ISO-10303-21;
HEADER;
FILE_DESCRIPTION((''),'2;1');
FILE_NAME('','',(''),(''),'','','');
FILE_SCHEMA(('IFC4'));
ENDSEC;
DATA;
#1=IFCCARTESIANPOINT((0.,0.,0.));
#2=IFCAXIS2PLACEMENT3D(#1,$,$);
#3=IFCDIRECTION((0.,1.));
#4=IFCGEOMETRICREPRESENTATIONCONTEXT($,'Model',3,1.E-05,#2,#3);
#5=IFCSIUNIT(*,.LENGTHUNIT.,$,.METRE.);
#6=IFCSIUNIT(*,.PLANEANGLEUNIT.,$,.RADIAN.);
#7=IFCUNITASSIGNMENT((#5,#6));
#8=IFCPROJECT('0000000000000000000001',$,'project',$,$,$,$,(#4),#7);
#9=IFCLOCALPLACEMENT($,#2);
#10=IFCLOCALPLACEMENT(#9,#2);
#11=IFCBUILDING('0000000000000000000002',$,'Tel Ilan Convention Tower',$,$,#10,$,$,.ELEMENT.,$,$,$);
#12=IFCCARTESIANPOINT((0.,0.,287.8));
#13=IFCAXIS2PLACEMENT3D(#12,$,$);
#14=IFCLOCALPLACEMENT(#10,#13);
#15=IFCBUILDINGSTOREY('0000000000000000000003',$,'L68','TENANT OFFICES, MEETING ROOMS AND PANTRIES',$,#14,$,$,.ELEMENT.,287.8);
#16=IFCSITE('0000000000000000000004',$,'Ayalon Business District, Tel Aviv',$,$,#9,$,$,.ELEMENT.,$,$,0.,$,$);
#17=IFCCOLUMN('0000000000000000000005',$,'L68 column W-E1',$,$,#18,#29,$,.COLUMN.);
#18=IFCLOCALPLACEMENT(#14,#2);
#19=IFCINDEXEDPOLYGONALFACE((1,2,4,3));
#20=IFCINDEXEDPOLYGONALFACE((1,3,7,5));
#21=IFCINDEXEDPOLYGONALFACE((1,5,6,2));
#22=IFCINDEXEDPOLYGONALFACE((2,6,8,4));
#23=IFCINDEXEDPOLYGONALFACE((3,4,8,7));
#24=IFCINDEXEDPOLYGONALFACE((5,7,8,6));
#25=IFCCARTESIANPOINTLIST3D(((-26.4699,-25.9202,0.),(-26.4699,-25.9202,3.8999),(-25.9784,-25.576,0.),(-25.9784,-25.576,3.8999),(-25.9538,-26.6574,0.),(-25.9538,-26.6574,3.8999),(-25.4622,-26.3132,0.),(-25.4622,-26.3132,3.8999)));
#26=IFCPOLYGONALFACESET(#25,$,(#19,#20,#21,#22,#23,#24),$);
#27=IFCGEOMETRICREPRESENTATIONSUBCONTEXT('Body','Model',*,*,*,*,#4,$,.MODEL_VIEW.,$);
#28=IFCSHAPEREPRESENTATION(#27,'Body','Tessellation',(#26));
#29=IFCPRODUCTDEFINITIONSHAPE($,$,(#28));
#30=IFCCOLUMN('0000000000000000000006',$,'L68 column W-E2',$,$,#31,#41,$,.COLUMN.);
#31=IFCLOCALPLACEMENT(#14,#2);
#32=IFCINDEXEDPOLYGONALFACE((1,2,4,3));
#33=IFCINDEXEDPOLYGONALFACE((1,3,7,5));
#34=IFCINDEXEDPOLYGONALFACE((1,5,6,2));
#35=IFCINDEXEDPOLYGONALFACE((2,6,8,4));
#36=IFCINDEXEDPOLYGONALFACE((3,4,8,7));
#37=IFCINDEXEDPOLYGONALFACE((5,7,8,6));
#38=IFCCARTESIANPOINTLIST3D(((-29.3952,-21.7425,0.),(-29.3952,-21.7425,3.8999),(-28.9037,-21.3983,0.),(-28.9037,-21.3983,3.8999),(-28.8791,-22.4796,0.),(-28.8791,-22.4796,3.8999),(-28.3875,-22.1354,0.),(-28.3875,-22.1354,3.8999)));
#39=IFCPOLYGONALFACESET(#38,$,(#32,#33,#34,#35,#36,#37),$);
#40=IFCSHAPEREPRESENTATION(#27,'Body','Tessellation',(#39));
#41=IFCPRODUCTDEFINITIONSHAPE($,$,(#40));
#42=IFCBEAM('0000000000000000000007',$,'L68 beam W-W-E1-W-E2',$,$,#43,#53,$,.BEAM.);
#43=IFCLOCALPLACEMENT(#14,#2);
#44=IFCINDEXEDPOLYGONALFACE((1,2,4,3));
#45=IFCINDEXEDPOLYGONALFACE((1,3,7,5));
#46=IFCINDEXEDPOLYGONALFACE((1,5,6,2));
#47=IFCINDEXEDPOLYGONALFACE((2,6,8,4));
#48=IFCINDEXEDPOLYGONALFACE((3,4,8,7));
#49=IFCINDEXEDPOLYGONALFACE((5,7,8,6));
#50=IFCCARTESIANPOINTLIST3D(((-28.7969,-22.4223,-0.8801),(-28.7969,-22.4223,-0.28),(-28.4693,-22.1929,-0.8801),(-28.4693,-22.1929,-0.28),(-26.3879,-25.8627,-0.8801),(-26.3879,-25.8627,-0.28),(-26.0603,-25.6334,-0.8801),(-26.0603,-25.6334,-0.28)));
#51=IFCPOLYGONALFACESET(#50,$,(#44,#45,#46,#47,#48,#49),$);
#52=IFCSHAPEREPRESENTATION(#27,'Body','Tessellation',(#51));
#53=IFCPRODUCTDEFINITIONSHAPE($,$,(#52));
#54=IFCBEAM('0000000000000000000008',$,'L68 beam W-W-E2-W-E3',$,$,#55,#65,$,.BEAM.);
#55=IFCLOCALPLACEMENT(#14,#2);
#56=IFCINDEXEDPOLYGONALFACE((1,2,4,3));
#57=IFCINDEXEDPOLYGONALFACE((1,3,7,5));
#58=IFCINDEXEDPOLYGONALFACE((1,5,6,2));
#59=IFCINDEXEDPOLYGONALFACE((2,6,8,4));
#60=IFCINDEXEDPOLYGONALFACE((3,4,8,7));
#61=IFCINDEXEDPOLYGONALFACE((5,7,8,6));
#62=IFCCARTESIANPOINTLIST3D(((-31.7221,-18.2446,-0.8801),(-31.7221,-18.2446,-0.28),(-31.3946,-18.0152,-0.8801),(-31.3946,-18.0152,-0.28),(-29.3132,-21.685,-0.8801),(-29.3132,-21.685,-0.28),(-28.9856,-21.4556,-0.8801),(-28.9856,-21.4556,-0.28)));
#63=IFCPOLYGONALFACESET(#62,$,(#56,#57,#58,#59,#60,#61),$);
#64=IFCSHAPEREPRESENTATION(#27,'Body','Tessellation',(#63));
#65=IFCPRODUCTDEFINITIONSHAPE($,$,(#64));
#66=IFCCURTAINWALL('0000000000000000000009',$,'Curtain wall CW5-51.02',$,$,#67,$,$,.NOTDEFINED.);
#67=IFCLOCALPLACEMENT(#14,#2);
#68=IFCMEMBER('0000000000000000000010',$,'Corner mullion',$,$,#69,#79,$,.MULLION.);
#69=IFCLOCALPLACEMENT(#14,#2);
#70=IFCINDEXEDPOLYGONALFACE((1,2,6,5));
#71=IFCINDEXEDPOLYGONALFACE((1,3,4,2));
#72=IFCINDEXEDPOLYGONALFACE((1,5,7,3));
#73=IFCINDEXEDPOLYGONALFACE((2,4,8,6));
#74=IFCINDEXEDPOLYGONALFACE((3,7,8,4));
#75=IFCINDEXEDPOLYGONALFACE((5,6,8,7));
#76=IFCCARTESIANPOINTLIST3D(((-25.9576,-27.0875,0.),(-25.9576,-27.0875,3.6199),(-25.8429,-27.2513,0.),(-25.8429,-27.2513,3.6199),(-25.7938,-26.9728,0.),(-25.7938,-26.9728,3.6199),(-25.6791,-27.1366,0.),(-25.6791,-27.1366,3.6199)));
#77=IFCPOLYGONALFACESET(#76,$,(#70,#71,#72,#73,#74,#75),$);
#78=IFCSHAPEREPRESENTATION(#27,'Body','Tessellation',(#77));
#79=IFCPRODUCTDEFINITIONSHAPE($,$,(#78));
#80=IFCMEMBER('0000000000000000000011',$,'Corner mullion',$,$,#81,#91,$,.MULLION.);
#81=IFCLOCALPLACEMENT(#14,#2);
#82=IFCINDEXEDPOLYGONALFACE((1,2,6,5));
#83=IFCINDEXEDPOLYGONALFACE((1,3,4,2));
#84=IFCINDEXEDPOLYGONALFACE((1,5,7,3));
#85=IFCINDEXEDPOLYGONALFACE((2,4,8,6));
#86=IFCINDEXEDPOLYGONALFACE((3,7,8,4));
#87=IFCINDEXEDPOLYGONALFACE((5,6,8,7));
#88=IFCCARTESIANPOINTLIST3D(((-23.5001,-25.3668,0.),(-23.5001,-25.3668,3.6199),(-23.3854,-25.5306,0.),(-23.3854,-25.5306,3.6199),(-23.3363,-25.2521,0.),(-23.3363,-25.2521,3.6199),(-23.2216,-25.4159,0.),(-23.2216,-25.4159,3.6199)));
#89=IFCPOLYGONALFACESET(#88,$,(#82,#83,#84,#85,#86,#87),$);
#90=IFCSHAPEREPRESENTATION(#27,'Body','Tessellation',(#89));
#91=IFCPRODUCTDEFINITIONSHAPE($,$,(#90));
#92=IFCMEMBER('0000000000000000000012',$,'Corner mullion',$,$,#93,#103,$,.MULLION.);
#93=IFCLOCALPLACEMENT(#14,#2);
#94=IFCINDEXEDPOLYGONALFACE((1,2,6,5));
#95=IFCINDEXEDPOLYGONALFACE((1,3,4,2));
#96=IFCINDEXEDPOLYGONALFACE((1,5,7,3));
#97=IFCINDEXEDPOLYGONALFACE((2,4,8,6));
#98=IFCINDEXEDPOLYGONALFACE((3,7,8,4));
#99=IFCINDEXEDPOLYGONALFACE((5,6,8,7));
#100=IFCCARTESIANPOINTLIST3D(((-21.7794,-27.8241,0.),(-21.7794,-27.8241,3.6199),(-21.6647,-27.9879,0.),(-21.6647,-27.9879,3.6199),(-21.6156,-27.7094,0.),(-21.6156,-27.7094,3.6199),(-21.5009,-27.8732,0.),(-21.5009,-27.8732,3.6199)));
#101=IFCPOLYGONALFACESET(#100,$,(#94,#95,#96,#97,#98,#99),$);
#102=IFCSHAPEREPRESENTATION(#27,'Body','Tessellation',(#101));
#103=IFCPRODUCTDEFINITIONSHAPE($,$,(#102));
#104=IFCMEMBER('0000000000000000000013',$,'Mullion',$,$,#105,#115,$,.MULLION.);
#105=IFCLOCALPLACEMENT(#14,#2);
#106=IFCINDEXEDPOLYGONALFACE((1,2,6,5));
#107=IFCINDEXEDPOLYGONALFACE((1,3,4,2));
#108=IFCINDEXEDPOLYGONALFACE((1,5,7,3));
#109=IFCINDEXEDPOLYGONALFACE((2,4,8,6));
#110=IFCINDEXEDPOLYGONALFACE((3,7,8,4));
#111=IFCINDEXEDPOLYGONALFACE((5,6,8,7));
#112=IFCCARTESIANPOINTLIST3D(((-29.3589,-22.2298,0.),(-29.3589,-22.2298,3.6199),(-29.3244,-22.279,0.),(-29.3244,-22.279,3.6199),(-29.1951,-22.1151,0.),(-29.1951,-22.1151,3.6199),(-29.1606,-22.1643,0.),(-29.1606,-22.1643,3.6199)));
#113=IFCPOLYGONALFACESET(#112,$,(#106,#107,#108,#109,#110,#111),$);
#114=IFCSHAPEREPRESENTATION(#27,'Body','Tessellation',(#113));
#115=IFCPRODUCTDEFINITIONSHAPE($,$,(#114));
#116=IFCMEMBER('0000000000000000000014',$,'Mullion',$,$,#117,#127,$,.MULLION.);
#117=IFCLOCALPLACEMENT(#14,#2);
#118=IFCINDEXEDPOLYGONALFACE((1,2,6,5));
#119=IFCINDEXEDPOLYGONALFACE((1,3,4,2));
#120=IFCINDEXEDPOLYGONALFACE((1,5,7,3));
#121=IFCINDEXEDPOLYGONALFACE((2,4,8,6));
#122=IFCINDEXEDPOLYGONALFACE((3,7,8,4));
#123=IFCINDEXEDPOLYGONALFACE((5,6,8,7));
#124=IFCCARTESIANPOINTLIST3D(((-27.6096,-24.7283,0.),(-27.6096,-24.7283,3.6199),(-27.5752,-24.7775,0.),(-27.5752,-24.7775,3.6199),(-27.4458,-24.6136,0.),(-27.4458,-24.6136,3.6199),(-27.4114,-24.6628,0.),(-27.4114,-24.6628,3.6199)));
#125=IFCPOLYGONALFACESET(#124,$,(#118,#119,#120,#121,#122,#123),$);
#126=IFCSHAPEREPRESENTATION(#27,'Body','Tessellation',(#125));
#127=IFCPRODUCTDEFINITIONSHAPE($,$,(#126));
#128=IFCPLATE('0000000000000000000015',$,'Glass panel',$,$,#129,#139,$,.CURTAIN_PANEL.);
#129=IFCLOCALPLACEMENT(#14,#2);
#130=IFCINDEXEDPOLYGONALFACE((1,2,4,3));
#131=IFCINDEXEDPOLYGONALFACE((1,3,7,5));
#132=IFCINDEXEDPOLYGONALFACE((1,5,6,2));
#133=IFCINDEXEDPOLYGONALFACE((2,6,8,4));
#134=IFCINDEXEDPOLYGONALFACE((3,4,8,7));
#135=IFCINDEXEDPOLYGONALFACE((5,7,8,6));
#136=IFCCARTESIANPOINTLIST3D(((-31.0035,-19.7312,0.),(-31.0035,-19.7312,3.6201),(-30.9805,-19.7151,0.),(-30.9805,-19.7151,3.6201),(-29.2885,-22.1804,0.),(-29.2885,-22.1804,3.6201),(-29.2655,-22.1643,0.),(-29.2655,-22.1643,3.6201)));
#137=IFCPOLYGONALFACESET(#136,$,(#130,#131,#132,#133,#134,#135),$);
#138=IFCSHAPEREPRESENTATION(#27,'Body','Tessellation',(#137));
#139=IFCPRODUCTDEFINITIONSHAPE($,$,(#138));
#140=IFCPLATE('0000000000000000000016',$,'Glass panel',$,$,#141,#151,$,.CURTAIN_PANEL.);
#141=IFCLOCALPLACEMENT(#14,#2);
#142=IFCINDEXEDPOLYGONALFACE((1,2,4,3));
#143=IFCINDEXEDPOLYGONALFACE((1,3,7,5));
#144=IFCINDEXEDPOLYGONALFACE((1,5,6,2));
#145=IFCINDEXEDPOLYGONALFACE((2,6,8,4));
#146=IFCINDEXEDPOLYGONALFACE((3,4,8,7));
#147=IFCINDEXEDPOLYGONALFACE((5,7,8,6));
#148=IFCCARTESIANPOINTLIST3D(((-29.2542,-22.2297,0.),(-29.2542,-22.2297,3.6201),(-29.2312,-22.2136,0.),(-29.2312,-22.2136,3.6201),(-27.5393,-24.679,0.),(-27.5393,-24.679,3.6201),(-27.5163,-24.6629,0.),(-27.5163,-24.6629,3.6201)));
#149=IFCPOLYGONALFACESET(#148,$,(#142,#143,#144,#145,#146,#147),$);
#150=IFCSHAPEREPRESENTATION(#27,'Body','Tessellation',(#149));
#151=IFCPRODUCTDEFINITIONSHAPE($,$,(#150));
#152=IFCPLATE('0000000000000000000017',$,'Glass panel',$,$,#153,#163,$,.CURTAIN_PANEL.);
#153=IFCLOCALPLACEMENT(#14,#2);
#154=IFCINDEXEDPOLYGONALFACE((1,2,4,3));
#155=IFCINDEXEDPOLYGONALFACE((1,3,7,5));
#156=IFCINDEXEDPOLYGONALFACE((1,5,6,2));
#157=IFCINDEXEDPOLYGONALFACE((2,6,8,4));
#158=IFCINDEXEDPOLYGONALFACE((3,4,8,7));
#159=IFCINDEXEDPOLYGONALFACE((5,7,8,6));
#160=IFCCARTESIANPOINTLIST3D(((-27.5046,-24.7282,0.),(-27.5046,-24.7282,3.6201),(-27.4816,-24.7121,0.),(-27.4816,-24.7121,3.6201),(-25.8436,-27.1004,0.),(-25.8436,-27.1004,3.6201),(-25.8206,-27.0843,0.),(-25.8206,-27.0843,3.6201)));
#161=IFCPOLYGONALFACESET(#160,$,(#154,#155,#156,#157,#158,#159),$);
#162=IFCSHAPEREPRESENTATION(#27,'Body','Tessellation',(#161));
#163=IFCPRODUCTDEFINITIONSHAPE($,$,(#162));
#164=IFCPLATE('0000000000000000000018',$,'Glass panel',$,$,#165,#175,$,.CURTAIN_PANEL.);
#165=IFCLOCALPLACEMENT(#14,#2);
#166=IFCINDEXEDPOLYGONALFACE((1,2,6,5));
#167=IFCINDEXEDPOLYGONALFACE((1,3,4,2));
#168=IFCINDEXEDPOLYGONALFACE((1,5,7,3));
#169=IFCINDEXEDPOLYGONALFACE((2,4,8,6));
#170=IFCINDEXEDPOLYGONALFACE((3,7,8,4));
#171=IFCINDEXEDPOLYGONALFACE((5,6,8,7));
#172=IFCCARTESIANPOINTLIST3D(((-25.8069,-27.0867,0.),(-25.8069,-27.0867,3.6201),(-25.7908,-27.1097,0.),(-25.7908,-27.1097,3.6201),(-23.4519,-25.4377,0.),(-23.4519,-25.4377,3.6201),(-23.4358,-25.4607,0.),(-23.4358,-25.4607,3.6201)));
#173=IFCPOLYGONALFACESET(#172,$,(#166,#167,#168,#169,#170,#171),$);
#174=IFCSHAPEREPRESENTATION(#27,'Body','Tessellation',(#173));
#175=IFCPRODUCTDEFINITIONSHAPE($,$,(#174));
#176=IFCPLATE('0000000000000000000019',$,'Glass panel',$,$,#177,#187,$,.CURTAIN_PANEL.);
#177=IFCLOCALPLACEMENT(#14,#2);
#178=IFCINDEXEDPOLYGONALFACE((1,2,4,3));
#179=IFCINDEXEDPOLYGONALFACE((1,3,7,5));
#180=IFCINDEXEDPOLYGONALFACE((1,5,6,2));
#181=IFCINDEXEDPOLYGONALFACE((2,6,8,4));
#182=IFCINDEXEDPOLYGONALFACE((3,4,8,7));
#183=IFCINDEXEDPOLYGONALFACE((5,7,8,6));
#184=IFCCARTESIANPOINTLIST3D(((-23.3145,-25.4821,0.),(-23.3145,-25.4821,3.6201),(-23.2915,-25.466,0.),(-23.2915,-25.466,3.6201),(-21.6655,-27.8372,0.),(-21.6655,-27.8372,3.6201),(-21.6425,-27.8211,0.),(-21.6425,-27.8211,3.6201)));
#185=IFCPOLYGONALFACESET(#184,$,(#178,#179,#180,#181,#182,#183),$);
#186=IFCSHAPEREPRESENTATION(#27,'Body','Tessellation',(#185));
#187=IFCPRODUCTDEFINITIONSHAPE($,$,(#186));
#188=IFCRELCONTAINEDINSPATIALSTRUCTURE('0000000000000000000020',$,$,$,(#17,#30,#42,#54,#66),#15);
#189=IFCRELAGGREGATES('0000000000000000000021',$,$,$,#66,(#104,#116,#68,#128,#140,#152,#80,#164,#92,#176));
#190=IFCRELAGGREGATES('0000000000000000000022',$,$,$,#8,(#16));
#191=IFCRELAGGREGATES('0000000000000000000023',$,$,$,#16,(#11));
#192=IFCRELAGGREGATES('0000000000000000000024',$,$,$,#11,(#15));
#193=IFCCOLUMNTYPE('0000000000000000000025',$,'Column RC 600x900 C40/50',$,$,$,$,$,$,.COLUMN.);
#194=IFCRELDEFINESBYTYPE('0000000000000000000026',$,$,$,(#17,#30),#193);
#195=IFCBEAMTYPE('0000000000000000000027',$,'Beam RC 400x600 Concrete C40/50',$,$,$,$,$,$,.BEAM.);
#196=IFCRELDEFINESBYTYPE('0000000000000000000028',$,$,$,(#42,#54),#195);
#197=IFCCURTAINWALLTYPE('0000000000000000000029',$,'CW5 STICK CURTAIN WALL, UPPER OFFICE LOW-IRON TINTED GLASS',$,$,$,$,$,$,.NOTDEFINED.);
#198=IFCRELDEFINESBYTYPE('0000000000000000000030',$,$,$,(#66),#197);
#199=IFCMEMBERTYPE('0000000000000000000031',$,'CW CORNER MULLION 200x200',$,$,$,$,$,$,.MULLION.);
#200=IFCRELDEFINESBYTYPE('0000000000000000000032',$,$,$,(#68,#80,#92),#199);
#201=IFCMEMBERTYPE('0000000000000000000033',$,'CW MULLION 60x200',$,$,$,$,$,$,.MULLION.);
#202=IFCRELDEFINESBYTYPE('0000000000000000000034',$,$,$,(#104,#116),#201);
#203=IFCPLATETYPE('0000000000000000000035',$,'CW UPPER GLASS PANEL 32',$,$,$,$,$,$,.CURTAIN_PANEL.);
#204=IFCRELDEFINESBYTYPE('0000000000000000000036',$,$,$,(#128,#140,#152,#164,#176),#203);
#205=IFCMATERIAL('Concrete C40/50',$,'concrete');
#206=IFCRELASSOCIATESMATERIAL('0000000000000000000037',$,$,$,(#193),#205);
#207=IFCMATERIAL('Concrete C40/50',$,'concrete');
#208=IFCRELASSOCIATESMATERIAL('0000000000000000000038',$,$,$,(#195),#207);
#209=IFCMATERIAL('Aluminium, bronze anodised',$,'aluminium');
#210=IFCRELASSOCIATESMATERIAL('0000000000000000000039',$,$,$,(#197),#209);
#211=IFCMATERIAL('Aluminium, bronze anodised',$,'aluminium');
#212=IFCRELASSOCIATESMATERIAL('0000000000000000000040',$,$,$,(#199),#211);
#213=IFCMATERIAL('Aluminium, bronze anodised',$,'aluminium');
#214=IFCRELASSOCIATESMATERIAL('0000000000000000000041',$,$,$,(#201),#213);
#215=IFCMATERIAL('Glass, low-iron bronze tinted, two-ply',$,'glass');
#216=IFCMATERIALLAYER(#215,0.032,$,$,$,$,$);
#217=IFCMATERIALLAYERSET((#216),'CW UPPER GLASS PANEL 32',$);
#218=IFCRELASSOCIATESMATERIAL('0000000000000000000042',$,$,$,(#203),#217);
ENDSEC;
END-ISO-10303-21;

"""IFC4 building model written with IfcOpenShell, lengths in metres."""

from ifc_helpers import new_model, si_unit, direction, frame, origin, origin_2d, place, context, subcontext, project, spatial, rectangle, extrude, material, layer, layer_set, material_profile, profile_set, type_object, element, aggregate, save


model = new_model("IFC4")

# Units and contexts
model_context = context("Model", 3, precision=1e-05, world=origin(), true_north=direction((0.0, 1.0)))
body_context = subcontext(model_context, "Body", "Model", "MODEL_VIEW")
ifc_project = project(units=[si_unit("LENGTHUNIT", "METRE"), si_unit("PLANEANGLEUNIT", "RADIAN")], contexts=[model_context])

# Site, building, storey
site_placement = place(None, origin())
site = spatial("IfcSite", under=ifc_project, at=site_placement, Name="Ayalon Business District, Tel Aviv", CompositionType="ELEMENT", RefElevation=0.0)
building_placement = place(site_placement, origin())
building = spatial("IfcBuilding", under=site, at=building_placement, Name="Tel Ilan Convention Tower", CompositionType="ELEMENT")
storey_placement = place(building_placement, frame((0.0, 0.0, 287.8)))
storey = spatial("IfcBuildingStorey", under=building, at=storey_placement, Name="L68", Description="TENANT OFFICES, MEETING ROOMS AND PANTRIES", CompositionType="ELEMENT", Elevation=287.8)

# Columns
ifc_material_1 = material(Name="Concrete C40/50", Category="concrete")
ifc_material_profile_1 = material_profile(ifc_material_1, rectangle(XDim=0.8999, YDim=0.6001, at=origin_2d()), Name="RC 600x900")
ifc_profile_set_1 = profile_set([ifc_material_profile_1], Name="Concrete C40/50")
column_type = type_object("IfcColumnType", Name="Column RC 600x900 C40/50", PredefinedType="COLUMN", material=ifc_profile_set_1)
for number, where, z_axis, x_axis, name in (
    (1, (-25.9661, -26.1167, 0.0), (0.0, 0.0, 1.0), (-0.573576, 0.819152, 0.0), "L68 column W-E1"),
    (2, (-28.8914, -21.939, 0.0), (0.0, 0.0, 1.0), (-0.573576, 0.819152, 0.0), "L68 column W-E2"),
):
    element("IfcColumn", number, at=place(storey_placement, frame(where, z_axis=z_axis, x_axis=x_axis)), inside=storey, type_object=column_type, Name=name, PredefinedType="COLUMN", context=body_context, shape_type="SweptSolid", body=[
        extrude(rectangle(XDim=0.8999, YDim=0.6001, at=origin_2d()), origin(), (0.0, 0.0, 1.0), 3.8999),
    ])

# Beams
ifc_material_2 = material(Name="Concrete C40/50", Category="concrete")
ifc_material_profile_2 = material_profile(ifc_material_2, rectangle(XDim=0.3999, YDim=0.6001, at=origin_2d()), Name="RC 400x600")
ifc_profile_set_2 = profile_set([ifc_material_profile_2], Name="Concrete C40/50")
beam_type = type_object("IfcBeamType", Name="Beam RC 400x600 Concrete C40/50", PredefinedType="BEAM", material=ifc_profile_set_2)
for number, where, z_axis, x_axis, name in (
    (3, (-26.2241, -25.748, -0.5801), (-0.573564, 0.819161, 0.0), (-0.819161, -0.573564, 0.0), "L68 beam W-W-E1-W-E2"),
    (4, (-29.1494, -21.5703, -0.5801), (-0.573564, 0.819161, 0.0), (-0.819161, -0.573564, 0.0), "L68 beam W-W-E2-W-E3"),
):
    element("IfcBeam", number, at=place(storey_placement, frame(where, z_axis=z_axis, x_axis=x_axis)), inside=storey, type_object=beam_type, Name=name, PredefinedType="BEAM", context=body_context, shape_type="SweptSolid", body=[
        extrude(rectangle(XDim=0.3999, YDim=0.6001, at=origin_2d()), origin(), (0.0, 0.0, 1.0), 4.2),
    ])

# Curtain wall, members, plates
ifc_material_3 = material(Name="Aluminium, bronze anodised", Category="aluminium")
curtain_wall_type = type_object("IfcCurtainWallType", Name="CW5 STICK CURTAIN WALL, UPPER OFFICE LOW-IRON TINTED GLASS", PredefinedType="NOTDEFINED", material=ifc_material_3)
curtain_wall_placement = place(storey_placement, origin())
curtain_wall = element("IfcCurtainWall", 5, at=curtain_wall_placement, inside=storey, type_object=curtain_wall_type, Name="Curtain wall CW5-51.02", PredefinedType="NOTDEFINED")
ifc_material_4 = material(Name="Aluminium, bronze anodised", Category="aluminium")
ifc_material_profile_3 = material_profile(ifc_material_4, rectangle(XDim=0.2, YDim=0.2, at=origin_2d()), Name="CW CORNER MULLION 200x200")
ifc_profile_set_3 = profile_set([ifc_material_profile_3], Name="Aluminium, bronze anodised")
member_type_1 = type_object("IfcMemberType", Name="CW CORNER MULLION 200x200", PredefinedType="MULLION", material=ifc_profile_set_3)
member_1_placement = place(storey_placement, frame((-25.8184, -27.1121, 0.0), z_axis=(0.0, 0.0, 1.0), x_axis=(0.573576, -0.819152, 0.0)))
member_1 = element("IfcMember", 6, at=member_1_placement, type_object=member_type_1, Name="Corner mullion", PredefinedType="MULLION", context=body_context, shape_type="SweptSolid", body=[
    extrude(rectangle(XDim=0.2, YDim=0.2, at=origin_2d()), origin(), (0.0, 0.0, 1.0), 3.6199),
])
member_2_placement = place(storey_placement, frame((-23.3608, -25.3914, 0.0), z_axis=(0.0, 0.0, 1.0), x_axis=(0.819152, 0.573576, 0.0)))
member_2 = element("IfcMember", 7, at=member_2_placement, type_object=member_type_1, Name="Corner mullion", PredefinedType="MULLION", context=body_context, shape_type="SweptSolid", body=[
    extrude(rectangle(XDim=0.2, YDim=0.2, at=origin_2d()), origin(), (0.0, 0.0, 1.0), 3.6199),
])
member_3_placement = place(storey_placement, frame((-21.6401, -27.8486, 0.0), z_axis=(0.0, 0.0, 1.0), x_axis=(0.573576, -0.819152, 0.0)))
member_3 = element("IfcMember", 8, at=member_3_placement, type_object=member_type_1, Name="Corner mullion", PredefinedType="MULLION", context=body_context, shape_type="SweptSolid", body=[
    extrude(rectangle(XDim=0.2, YDim=0.2, at=origin_2d()), origin(), (0.0, 0.0, 1.0), 3.6199),
])
ifc_material_5 = material(Name="Aluminium, bronze anodised", Category="aluminium")
ifc_material_profile_4 = material_profile(ifc_material_5, rectangle(XDim=0.0601, YDim=0.2, at=origin_2d()), Name="CW MULLION 60x200")
ifc_profile_set_4 = profile_set([ifc_material_profile_4], Name="Aluminium, bronze anodised")
member_type_2 = type_object("IfcMemberType", Name="CW MULLION 60x200", PredefinedType="MULLION", material=ifc_profile_set_4)
member_4_placement = place(storey_placement, frame((-29.2598, -22.197, 0.0), z_axis=(0.0, 0.0, 1.0), x_axis=(0.573576, -0.819152, 0.0)))
member_4 = element("IfcMember", 9, at=member_4_placement, type_object=member_type_2, Name="Mullion", PredefinedType="MULLION", context=body_context, shape_type="SweptSolid", body=[
    extrude(rectangle(XDim=0.0601, YDim=0.2, at=origin_2d()), origin(), (0.0, 0.0, 1.0), 3.6199),
])
member_5_placement = place(storey_placement, frame((-27.5105, -24.6956, 0.0), z_axis=(0.0, 0.0, 1.0), x_axis=(0.573576, -0.819152, 0.0)))
member_5 = element("IfcMember", 10, at=member_5_placement, type_object=member_type_2, Name="Mullion", PredefinedType="MULLION", context=body_context, shape_type="SweptSolid", body=[
    extrude(rectangle(XDim=0.0601, YDim=0.2, at=origin_2d()), origin(), (0.0, 0.0, 1.0), 3.6199),
])
ifc_material_6 = material(Name="Glass, low-iron bronze tinted, two-ply", Category="glass")
ifc_layer_1 = layer(ifc_material_6, 0.032)
ifc_layer_set_1 = layer_set([ifc_layer_1], Name="CW UPPER GLASS PANEL 32")
plate_type = type_object("IfcPlateType", Name="CW UPPER GLASS PANEL 32", PredefinedType="CURTAIN_PANEL", material=ifc_layer_set_1)
plate_1_placement = place(storey_placement, frame((-30.1345, -20.9478, 0.0), z_axis=(0.0, 0.0, 1.0), x_axis=(0.573576, -0.819152, 0.0)))
plate_1 = element("IfcPlate", 11, at=plate_1_placement, type_object=plate_type, Name="Glass panel", PredefinedType="CURTAIN_PANEL", context=body_context, shape_type="SweptSolid", body=[
    extrude(rectangle(XDim=2.99, YDim=0.0281, at=origin_2d()), origin(), (0.0, 0.0, 1.0), 3.6201),
])
plate_2_placement = place(storey_placement, frame((-28.3853, -23.4463, 0.0), z_axis=(0.0, 0.0, 1.0), x_axis=(0.573576, -0.819152, 0.0)))
plate_2 = element("IfcPlate", 12, at=plate_2_placement, type_object=plate_type, Name="Glass panel", PredefinedType="CURTAIN_PANEL", context=body_context, shape_type="SweptSolid", body=[
    extrude(rectangle(XDim=2.99, YDim=0.0281, at=origin_2d()), origin(), (0.0, 0.0, 1.0), 3.6201),
])
plate_3_placement = place(storey_placement, frame((-26.6626, -25.9062, 0.0), z_axis=(0.0, 0.0, 1.0), x_axis=(0.573576, -0.819152, 0.0)))
plate_3 = element("IfcPlate", 13, at=plate_3_placement, type_object=plate_type, Name="Glass panel", PredefinedType="CURTAIN_PANEL", context=body_context, shape_type="SweptSolid", body=[
    extrude(rectangle(XDim=2.896, YDim=0.0281, at=origin_2d()), origin(), (0.0, 0.0, 1.0), 3.6201),
])
plate_4_placement = place(storey_placement, frame((-24.6213, -26.2737, 0.0), z_axis=(0.0, 0.0, 1.0), x_axis=(0.819152, 0.573576, 0.0)))
plate_4 = element("IfcPlate", 14, at=plate_4_placement, type_object=plate_type, Name="Glass panel", PredefinedType="CURTAIN_PANEL", context=body_context, shape_type="SweptSolid", body=[
    extrude(rectangle(XDim=2.875, YDim=0.0281, at=origin_2d()), origin(), (0.0, 0.0, 1.0), 3.6201),
])
plate_5_placement = place(storey_placement, frame((-22.4785, -26.6516, 0.0), z_axis=(0.0, 0.0, 1.0), x_axis=(0.573576, -0.819152, 0.0)))
plate_5 = element("IfcPlate", 15, at=plate_5_placement, type_object=plate_type, Name="Glass panel", PredefinedType="CURTAIN_PANEL", context=body_context, shape_type="SweptSolid", body=[
    extrude(rectangle(XDim=2.875, YDim=0.0281, at=origin_2d()), origin(), (0.0, 0.0, 1.0), 3.6201),
])
aggregate(curtain_wall, [member_4, member_5, member_1, plate_1, plate_2, plate_3, member_2, plate_4, member_3, plate_5])

save(model, "model.ifc")
